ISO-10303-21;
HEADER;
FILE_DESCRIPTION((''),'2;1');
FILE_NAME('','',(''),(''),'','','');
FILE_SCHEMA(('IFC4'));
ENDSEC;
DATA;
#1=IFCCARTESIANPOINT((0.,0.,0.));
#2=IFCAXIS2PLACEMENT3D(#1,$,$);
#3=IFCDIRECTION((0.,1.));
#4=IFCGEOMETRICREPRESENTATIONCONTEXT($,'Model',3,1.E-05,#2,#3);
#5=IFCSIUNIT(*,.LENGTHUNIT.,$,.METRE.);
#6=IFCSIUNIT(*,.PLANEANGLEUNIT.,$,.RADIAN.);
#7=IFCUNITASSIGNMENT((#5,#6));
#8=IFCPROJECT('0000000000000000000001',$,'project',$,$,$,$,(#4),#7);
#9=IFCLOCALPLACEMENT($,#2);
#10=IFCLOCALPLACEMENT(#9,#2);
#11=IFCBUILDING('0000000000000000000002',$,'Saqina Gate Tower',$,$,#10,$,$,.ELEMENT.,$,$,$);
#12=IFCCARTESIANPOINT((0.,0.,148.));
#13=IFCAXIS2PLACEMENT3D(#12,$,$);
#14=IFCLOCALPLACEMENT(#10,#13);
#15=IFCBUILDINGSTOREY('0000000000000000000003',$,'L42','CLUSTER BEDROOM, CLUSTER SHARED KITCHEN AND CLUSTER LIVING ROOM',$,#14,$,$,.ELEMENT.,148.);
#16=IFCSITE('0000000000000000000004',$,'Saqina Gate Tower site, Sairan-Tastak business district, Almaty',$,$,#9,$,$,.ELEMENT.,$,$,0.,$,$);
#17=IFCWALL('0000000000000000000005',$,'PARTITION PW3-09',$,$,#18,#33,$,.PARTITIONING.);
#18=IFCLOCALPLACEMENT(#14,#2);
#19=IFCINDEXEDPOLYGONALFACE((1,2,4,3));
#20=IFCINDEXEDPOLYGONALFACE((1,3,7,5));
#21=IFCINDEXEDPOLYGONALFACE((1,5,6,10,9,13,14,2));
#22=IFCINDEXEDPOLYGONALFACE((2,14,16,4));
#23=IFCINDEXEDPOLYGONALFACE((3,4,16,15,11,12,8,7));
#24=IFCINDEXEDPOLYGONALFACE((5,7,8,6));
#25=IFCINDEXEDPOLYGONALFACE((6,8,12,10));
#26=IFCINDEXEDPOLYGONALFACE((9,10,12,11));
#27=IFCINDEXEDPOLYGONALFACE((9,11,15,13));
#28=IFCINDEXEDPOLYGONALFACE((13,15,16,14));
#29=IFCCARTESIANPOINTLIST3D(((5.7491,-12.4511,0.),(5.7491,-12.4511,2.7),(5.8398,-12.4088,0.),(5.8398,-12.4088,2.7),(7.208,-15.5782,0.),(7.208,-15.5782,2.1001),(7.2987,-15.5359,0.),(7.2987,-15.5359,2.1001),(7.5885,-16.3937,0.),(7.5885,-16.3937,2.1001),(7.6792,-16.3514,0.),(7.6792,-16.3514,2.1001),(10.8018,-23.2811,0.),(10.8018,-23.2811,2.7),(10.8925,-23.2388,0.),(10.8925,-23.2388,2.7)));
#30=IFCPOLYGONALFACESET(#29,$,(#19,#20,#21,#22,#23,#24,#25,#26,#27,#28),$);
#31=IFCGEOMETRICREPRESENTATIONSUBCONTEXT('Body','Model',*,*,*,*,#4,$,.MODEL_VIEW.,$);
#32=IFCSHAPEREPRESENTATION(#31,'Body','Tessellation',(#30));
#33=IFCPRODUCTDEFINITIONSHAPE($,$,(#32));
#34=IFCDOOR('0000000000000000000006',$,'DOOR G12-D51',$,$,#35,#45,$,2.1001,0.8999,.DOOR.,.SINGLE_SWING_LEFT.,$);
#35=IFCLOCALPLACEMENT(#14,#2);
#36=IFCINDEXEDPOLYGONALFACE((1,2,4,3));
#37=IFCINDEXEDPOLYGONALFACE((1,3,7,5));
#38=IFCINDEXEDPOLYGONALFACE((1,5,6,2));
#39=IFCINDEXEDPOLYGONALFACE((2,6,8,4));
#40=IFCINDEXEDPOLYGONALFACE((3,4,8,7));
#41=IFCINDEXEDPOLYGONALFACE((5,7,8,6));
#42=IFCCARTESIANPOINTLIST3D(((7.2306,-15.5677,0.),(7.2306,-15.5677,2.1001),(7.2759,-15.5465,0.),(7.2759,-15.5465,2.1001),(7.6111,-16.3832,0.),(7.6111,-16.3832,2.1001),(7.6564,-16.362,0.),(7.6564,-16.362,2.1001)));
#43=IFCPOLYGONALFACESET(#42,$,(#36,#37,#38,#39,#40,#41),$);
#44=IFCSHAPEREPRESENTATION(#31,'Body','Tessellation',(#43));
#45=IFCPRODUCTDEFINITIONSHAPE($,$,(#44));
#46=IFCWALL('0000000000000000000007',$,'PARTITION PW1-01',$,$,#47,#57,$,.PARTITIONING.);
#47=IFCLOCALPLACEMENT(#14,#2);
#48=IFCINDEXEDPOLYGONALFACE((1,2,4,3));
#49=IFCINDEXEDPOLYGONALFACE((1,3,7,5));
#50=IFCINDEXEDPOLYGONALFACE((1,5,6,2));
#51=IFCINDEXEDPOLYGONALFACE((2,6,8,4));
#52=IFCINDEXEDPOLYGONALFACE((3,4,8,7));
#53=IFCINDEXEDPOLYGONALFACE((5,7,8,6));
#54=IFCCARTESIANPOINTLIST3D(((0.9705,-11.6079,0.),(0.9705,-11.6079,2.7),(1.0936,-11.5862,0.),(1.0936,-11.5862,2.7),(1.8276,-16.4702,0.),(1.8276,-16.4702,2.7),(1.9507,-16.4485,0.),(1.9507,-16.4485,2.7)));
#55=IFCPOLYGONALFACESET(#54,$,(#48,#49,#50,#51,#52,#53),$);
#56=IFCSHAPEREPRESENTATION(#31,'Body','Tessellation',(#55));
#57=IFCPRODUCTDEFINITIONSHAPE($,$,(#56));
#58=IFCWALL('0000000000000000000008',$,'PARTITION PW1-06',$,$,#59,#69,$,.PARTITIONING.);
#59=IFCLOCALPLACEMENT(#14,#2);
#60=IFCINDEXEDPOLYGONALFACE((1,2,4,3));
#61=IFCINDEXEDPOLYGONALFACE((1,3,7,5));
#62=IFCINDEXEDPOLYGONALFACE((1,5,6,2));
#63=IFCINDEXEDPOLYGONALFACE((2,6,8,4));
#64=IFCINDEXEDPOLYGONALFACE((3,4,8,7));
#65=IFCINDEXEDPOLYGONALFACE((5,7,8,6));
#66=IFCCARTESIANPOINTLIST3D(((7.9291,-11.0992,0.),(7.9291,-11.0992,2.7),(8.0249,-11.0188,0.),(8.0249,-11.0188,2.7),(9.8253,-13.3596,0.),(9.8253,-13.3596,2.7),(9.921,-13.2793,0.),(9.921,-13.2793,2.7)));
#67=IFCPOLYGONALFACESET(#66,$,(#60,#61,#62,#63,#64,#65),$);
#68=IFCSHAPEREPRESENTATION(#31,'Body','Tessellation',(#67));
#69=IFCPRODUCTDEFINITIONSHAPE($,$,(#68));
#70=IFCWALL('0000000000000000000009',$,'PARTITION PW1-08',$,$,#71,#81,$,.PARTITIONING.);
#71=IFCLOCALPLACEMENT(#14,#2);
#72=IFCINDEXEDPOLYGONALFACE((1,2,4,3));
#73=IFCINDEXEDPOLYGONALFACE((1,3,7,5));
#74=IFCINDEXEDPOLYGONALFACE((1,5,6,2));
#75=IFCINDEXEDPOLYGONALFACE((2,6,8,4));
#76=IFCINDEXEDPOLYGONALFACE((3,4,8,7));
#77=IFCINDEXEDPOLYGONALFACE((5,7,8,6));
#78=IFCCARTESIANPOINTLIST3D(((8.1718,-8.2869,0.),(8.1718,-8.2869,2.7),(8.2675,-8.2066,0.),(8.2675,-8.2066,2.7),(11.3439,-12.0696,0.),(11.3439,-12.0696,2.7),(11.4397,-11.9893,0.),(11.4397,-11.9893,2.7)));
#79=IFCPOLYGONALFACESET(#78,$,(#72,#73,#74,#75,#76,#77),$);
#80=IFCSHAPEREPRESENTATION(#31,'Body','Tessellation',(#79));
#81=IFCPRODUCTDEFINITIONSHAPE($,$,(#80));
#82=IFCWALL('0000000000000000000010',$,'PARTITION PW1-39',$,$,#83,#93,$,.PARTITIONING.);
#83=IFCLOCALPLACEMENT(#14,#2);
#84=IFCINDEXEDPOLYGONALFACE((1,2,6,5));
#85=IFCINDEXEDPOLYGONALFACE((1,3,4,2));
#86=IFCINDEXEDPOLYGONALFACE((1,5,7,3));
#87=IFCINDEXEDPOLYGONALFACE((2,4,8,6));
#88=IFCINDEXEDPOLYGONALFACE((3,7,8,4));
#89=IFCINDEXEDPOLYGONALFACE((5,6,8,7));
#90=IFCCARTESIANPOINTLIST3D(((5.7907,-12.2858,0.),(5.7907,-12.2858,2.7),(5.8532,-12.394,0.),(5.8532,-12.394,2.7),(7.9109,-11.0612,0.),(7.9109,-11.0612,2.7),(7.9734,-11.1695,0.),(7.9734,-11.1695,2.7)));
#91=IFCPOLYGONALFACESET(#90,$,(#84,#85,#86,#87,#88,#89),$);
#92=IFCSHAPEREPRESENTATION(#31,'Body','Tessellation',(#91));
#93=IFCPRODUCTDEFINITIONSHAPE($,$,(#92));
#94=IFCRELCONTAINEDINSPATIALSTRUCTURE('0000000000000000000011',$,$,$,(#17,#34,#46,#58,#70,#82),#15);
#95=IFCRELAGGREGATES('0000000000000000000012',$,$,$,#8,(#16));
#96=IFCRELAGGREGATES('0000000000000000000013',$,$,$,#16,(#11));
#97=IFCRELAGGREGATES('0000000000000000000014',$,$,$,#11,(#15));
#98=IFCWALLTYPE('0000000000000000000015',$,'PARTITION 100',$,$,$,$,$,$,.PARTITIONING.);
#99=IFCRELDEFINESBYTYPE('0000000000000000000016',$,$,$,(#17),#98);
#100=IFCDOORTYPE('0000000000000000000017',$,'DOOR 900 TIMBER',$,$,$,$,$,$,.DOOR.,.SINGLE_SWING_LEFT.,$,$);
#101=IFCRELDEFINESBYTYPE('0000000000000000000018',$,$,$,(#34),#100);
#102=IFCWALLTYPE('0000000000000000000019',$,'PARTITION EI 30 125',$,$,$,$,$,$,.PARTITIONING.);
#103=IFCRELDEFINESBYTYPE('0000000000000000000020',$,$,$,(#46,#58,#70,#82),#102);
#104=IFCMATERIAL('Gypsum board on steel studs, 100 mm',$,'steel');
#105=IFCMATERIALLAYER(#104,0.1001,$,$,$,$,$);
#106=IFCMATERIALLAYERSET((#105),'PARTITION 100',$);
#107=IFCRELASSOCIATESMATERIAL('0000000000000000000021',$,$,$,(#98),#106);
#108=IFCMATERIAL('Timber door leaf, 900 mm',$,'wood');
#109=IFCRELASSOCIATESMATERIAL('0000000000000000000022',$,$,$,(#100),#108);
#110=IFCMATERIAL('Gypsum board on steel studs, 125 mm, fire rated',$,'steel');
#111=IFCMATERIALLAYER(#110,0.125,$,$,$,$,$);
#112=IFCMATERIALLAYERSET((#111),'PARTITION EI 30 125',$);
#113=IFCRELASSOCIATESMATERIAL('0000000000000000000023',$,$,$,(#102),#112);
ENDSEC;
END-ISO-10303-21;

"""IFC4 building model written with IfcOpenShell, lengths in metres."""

from ifc_helpers import new_model, si_unit, direction, frame, frame_2d, origin, place, context, subcontext, project, spatial, rectangle, extrude, material, layer, layer_set, type_object, element, fill, save


model = new_model("IFC4")

# Units and contexts
model_context = context("Model", 3, precision=1e-05, world=origin(), true_north=direction((0.0, 1.0)))
body_context = subcontext(model_context, "Body", "Model", "MODEL_VIEW")
ifc_project = project(units=[si_unit("LENGTHUNIT", "METRE"), si_unit("PLANEANGLEUNIT", "RADIAN")], contexts=[model_context])

# Site, building, storey
site_placement = place(None, origin())
site = spatial("IfcSite", under=ifc_project, at=site_placement, Name="Saqina Gate Tower site, Sairan-Tastak business district, Almaty", CompositionType="ELEMENT", RefElevation=0.0)
building_placement = place(site_placement, origin())
building = spatial("IfcBuilding", under=site, at=building_placement, Name="Saqina Gate Tower", CompositionType="ELEMENT")
storey_placement = place(building_placement, frame((0.0, 0.0, 148.0)))
storey = spatial("IfcBuildingStorey", under=building, at=storey_placement, Name="L42", Description="CLUSTER BEDROOM, CLUSTER SHARED KITCHEN AND CLUSTER LIVING ROOM", CompositionType="ELEMENT", Elevation=148.0)

# Wall, opening, door
ifc_material_1 = material(Name="Gypsum board on steel studs, 100 mm", Category="steel")
ifc_layer_1 = layer(ifc_material_1, 0.1001)
ifc_layer_set_1 = layer_set([ifc_layer_1], Name="PARTITION 100")
wall_type_1 = type_object("IfcWallType", Name="PARTITION 100", PredefinedType="PARTITIONING", material=ifc_layer_set_1)
wall_1_placement = place(storey_placement, frame((5.7944, -12.4299, 0.0), z_axis=(0.0, 0.0, 1.0), x_axis=(0.422796, -0.906225, 0.0)))
wall_1 = element("IfcWall", 1, at=wall_1_placement, inside=storey, type_object=wall_type_1, Name="PARTITION PW3-09", PredefinedType="PARTITIONING", context=body_context, shape_type="SweptSolid", body=[
    extrude(rectangle(XDim=11.9507, YDim=0.1001, at=frame_2d((5.9753, 0.0))), origin(), (0.0, 0.0, 1.0), 2.7),
])
opening_1_placement = place(wall_1_placement, frame((3.4507, 0.0, 0.0)))
opening_1 = element("IfcOpeningElement", 2, at=opening_1_placement, cuts=wall_1, PredefinedType="OPENING", context=body_context, shape_type="SweptSolid", body=[
    extrude(rectangle(XDim=0.8999, YDim=2.1001, at=frame_2d((0.45, 1.05))), frame((0.0, 0.062, 0.0), z_axis=(0.0, -1.0, 0.0), x_axis=(1.0, 0.0, 0.0)), (0.0, 0.0, 1.0), 0.124),
])
ifc_material_2 = material(Name="Timber door leaf, 900 mm", Category="wood")
door_type = type_object("IfcDoorType", Name="DOOR 900 TIMBER", OperationType="SINGLE_SWING_LEFT", PredefinedType="DOOR", material=ifc_material_2)
door_placement = place(opening_1_placement, origin())
door = element("IfcDoor", 3, at=door_placement, inside=storey, type_object=door_type, Name="DOOR G12-D51", OperationType="SINGLE_SWING_LEFT", OverallHeight=2.1001, OverallWidth=0.8999, PredefinedType="DOOR", context=body_context, shape_type="SweptSolid", body=[
    extrude(rectangle(XDim=0.8999, YDim=2.1001, at=frame_2d((0.45, 1.05))), frame((0.0, 0.0249, 0.0), z_axis=(0.0, -1.0, 0.0), x_axis=(1.0, 0.0, 0.0)), (0.0, 0.0, 1.0), 0.05),
])
fill(opening_1, door)

# Walls
ifc_material_3 = material(Name="Gypsum board on steel studs, 125 mm, fire rated", Category="steel")
ifc_layer_2 = layer(ifc_material_3, 0.125)
ifc_layer_set_2 = layer_set([ifc_layer_2], Name="PARTITION EI 30 125")
wall_type_2 = type_object("IfcWallType", Name="PARTITION EI 30 125", PredefinedType="PARTITIONING", material=ifc_layer_set_2)
wall_2_placement = place(storey_placement, frame((1.032, -11.5969, 0.0), z_axis=(0.0, 0.0, 1.0), x_axis=(0.173613, -0.984814, 0.0)))
element("IfcWall", 4, at=wall_2_placement, inside=storey, type_object=wall_type_2, Name="PARTITION PW1-01", PredefinedType="PARTITIONING", context=body_context, shape_type="SweptSolid", body=[
    extrude(rectangle(XDim=4.9373, YDim=0.125, at=frame_2d((2.4688, 0.0))), origin(), (0.0, 0.0, 1.0), 2.7),
])
wall_3_placement = place(storey_placement, frame((7.9771, -11.0591, 0.0), z_axis=(0.0, 0.0, 1.0), x_axis=(0.64268, -0.766135, 0.0)))
element("IfcWall", 5, at=wall_3_placement, inside=storey, type_object=wall_type_2, Name="PARTITION PW1-06", PredefinedType="PARTITIONING", context=body_context, shape_type="SweptSolid", body=[
    extrude(rectangle(XDim=2.9504, YDim=0.125, at=frame_2d((1.4751, 0.0))), origin(), (0.0, 0.0, 1.0), 2.7),
])
wall_4_placement = place(storey_placement, frame((8.2197, -8.2468, 0.0), z_axis=(0.0, 0.0, 1.0), x_axis=(0.642555, -0.766239, 0.0)))
element("IfcWall", 6, at=wall_4_placement, inside=storey, type_object=wall_type_2, Name="PARTITION PW1-08", PredefinedType="PARTITIONING", context=body_context, shape_type="SweptSolid", body=[
    extrude(rectangle(XDim=4.9368, YDim=0.125, at=frame_2d((2.4683, 0.0))), origin(), (0.0, 0.0, 1.0), 2.7),
])
wall_5_placement = place(storey_placement, frame((5.822, -12.3398, 0.0), z_axis=(0.0, 0.0, 1.0), x_axis=(0.865951, 0.500128, 0.0)))
element("IfcWall", 7, at=wall_5_placement, inside=storey, type_object=wall_type_2, Name="PARTITION PW1-39", PredefinedType="PARTITIONING", context=body_context, shape_type="SweptSolid", body=[
    extrude(rectangle(XDim=2.4485, YDim=0.125, at=frame_2d((1.2241, 0.0))), origin(), (0.0, 0.0, 1.0), 2.7),
])

save(model, "model.ifc")
